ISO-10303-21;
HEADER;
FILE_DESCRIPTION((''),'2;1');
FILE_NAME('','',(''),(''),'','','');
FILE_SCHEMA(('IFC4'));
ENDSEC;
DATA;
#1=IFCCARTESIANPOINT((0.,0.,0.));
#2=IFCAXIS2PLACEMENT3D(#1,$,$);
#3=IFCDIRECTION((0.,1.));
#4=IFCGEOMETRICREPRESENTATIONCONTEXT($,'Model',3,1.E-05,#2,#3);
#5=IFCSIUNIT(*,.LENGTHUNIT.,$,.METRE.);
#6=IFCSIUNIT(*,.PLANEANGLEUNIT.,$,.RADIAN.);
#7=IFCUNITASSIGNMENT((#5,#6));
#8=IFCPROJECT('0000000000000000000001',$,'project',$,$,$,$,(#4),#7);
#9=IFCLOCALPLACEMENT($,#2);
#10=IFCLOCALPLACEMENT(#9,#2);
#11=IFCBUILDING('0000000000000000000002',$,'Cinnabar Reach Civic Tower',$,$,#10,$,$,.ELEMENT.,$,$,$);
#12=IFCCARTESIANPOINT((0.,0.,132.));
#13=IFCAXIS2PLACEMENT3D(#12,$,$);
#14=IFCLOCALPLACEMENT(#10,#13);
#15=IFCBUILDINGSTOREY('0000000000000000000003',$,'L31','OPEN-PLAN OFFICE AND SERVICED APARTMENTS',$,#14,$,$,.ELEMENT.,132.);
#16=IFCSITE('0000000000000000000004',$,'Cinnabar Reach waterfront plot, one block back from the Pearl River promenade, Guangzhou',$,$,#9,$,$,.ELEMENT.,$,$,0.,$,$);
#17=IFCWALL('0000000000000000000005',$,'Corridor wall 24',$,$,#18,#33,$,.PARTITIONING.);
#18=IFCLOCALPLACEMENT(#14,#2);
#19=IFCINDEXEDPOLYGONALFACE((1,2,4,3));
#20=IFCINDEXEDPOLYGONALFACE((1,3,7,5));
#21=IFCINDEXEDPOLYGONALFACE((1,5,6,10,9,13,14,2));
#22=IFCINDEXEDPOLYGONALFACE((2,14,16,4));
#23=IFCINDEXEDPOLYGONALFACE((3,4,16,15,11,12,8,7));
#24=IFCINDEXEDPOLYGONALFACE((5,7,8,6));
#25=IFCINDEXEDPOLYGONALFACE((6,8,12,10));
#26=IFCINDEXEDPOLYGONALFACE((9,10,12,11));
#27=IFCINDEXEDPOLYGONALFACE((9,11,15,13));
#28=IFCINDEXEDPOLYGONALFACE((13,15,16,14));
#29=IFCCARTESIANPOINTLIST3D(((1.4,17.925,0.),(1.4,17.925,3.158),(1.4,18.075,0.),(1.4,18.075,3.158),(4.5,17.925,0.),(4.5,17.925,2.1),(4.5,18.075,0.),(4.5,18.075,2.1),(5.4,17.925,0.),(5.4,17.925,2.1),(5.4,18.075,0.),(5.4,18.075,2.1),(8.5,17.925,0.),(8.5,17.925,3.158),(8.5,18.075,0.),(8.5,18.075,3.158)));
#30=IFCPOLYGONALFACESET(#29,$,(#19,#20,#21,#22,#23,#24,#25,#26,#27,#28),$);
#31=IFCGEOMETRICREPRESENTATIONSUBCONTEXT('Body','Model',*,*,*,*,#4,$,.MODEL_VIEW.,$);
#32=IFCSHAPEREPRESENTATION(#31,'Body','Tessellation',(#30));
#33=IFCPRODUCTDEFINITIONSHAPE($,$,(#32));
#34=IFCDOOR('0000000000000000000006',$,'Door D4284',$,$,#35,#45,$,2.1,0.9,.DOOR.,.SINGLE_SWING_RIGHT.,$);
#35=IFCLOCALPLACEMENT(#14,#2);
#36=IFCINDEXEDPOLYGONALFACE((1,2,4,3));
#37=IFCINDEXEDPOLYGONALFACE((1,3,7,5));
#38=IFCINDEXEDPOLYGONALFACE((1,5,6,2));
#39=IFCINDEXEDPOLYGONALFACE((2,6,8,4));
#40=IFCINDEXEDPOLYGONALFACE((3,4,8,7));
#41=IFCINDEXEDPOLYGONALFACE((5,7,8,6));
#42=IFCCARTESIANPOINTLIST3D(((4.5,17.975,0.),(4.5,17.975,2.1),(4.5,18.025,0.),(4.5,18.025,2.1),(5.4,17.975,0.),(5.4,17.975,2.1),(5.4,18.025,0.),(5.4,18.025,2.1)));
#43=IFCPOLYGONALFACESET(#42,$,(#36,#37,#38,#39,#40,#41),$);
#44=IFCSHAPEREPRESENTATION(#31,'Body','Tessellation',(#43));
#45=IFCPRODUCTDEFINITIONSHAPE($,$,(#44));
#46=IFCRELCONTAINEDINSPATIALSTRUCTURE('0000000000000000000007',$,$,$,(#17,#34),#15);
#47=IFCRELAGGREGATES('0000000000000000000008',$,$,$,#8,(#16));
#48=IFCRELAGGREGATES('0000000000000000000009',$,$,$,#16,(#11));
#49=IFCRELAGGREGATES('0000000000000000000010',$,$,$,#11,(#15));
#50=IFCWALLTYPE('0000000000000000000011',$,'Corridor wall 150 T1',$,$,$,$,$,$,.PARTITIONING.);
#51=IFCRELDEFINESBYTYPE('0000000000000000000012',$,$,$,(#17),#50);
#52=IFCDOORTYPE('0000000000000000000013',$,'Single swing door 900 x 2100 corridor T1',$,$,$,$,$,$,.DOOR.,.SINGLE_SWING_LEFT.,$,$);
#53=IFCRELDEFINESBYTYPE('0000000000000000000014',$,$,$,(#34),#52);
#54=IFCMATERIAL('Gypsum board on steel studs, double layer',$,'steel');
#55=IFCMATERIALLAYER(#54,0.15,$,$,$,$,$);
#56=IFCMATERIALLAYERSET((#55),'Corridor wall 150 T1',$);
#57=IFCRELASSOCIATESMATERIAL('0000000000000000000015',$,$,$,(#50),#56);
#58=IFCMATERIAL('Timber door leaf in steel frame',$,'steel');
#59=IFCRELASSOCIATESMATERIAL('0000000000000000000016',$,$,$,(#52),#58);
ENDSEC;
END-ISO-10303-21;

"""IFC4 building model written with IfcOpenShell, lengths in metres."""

from ifc_helpers import new_model, si_unit, direction, frame, frame_2d, origin, place, context, subcontext, project, spatial, rectangle, extrude, material, layer, layer_set, type_object, element, fill, save


model = new_model("IFC4")

# Units and contexts
model_context = context("Model", 3, precision=1e-05, world=origin(), true_north=direction((0.0, 1.0)))
body_context = subcontext(model_context, "Body", "Model", "MODEL_VIEW")
ifc_project = project(units=[si_unit("LENGTHUNIT", "METRE"), si_unit("PLANEANGLEUNIT", "RADIAN")], contexts=[model_context])

# Site, building, storey
site_placement = place(None, origin())
site = spatial("IfcSite", under=ifc_project, at=site_placement, Name="Cinnabar Reach waterfront plot, one block back from the Pearl River promenade, Guangzhou", CompositionType="ELEMENT", RefElevation=0.0)
building_placement = place(site_placement, origin())
building = spatial("IfcBuilding", under=site, at=building_placement, Name="Cinnabar Reach Civic Tower", CompositionType="ELEMENT")
storey_placement = place(building_placement, frame((0.0, 0.0, 132.0)))
storey = spatial("IfcBuildingStorey", under=building, at=storey_placement, Name="L31", Description="OPEN-PLAN OFFICE AND SERVICED APARTMENTS", CompositionType="ELEMENT", Elevation=132.0)

# Wall, opening, door
ifc_material_1 = material(Name="Gypsum board on steel studs, double layer", Category="steel")
ifc_layer_1 = layer(ifc_material_1, 0.15)
ifc_layer_set_1 = layer_set([ifc_layer_1], Name="Corridor wall 150 T1")
wall_type_1 = type_object("IfcWallType", Name="Corridor wall 150 T1", PredefinedType="PARTITIONING", material=ifc_layer_set_1)
wall_1_placement = place(storey_placement, frame((1.4, 18.0, 0.0), z_axis=(0.0, 0.0, 1.0), x_axis=(1.0, 0.0, 0.0)))
wall_1 = element("IfcWall", 1, at=wall_1_placement, inside=storey, type_object=wall_type_1, Name="Corridor wall 24", PredefinedType="PARTITIONING", context=body_context, shape_type="SweptSolid", body=[
    extrude(rectangle(XDim=7.1, YDim=0.15, at=frame_2d((3.55, 0.0))), origin(), (0.0, 0.0, 1.0), 3.158),
])
opening_1_placement = place(wall_1_placement, frame((3.1, 0.0, 0.0)))
opening_1 = element("IfcOpeningElement", 2, at=opening_1_placement, cuts=wall_1, PredefinedType="OPENING", context=body_context, shape_type="SweptSolid", body=[
    extrude(rectangle(XDim=0.9, YDim=2.1, at=frame_2d((0.45, 1.05))), frame((0.0, 0.085, 0.0), z_axis=(0.0, -1.0, 0.0), x_axis=(1.0, 0.0, 0.0)), (0.0, 0.0, 1.0), 0.17),
])
ifc_material_2 = material(Name="Timber door leaf in steel frame", Category="steel")
door_type = type_object("IfcDoorType", Name="Single swing door 900 x 2100 corridor T1", OperationType="SINGLE_SWING_LEFT", PredefinedType="DOOR", material=ifc_material_2)
door_placement = place(opening_1_placement, frame((0.9, 0.0, 0.0), z_axis=(0.0, 0.0, 1.0), x_axis=(-1.0, 0.0, 0.0)))
door = element("IfcDoor", 3, at=door_placement, inside=storey, type_object=door_type, Name="Door D4284", OperationType="SINGLE_SWING_RIGHT", OverallHeight=2.1, OverallWidth=0.9, PredefinedType="DOOR", context=body_context, shape_type="SweptSolid", body=[
    extrude(rectangle(XDim=0.9, YDim=2.1, at=frame_2d((0.45, 1.05))), frame((0.0, 0.025, 0.0), z_axis=(0.0, -1.0, 0.0), x_axis=(1.0, 0.0, 0.0)), (0.0, 0.0, 1.0), 0.05),
])
fill(opening_1, door)

save(model, "model.ifc")
